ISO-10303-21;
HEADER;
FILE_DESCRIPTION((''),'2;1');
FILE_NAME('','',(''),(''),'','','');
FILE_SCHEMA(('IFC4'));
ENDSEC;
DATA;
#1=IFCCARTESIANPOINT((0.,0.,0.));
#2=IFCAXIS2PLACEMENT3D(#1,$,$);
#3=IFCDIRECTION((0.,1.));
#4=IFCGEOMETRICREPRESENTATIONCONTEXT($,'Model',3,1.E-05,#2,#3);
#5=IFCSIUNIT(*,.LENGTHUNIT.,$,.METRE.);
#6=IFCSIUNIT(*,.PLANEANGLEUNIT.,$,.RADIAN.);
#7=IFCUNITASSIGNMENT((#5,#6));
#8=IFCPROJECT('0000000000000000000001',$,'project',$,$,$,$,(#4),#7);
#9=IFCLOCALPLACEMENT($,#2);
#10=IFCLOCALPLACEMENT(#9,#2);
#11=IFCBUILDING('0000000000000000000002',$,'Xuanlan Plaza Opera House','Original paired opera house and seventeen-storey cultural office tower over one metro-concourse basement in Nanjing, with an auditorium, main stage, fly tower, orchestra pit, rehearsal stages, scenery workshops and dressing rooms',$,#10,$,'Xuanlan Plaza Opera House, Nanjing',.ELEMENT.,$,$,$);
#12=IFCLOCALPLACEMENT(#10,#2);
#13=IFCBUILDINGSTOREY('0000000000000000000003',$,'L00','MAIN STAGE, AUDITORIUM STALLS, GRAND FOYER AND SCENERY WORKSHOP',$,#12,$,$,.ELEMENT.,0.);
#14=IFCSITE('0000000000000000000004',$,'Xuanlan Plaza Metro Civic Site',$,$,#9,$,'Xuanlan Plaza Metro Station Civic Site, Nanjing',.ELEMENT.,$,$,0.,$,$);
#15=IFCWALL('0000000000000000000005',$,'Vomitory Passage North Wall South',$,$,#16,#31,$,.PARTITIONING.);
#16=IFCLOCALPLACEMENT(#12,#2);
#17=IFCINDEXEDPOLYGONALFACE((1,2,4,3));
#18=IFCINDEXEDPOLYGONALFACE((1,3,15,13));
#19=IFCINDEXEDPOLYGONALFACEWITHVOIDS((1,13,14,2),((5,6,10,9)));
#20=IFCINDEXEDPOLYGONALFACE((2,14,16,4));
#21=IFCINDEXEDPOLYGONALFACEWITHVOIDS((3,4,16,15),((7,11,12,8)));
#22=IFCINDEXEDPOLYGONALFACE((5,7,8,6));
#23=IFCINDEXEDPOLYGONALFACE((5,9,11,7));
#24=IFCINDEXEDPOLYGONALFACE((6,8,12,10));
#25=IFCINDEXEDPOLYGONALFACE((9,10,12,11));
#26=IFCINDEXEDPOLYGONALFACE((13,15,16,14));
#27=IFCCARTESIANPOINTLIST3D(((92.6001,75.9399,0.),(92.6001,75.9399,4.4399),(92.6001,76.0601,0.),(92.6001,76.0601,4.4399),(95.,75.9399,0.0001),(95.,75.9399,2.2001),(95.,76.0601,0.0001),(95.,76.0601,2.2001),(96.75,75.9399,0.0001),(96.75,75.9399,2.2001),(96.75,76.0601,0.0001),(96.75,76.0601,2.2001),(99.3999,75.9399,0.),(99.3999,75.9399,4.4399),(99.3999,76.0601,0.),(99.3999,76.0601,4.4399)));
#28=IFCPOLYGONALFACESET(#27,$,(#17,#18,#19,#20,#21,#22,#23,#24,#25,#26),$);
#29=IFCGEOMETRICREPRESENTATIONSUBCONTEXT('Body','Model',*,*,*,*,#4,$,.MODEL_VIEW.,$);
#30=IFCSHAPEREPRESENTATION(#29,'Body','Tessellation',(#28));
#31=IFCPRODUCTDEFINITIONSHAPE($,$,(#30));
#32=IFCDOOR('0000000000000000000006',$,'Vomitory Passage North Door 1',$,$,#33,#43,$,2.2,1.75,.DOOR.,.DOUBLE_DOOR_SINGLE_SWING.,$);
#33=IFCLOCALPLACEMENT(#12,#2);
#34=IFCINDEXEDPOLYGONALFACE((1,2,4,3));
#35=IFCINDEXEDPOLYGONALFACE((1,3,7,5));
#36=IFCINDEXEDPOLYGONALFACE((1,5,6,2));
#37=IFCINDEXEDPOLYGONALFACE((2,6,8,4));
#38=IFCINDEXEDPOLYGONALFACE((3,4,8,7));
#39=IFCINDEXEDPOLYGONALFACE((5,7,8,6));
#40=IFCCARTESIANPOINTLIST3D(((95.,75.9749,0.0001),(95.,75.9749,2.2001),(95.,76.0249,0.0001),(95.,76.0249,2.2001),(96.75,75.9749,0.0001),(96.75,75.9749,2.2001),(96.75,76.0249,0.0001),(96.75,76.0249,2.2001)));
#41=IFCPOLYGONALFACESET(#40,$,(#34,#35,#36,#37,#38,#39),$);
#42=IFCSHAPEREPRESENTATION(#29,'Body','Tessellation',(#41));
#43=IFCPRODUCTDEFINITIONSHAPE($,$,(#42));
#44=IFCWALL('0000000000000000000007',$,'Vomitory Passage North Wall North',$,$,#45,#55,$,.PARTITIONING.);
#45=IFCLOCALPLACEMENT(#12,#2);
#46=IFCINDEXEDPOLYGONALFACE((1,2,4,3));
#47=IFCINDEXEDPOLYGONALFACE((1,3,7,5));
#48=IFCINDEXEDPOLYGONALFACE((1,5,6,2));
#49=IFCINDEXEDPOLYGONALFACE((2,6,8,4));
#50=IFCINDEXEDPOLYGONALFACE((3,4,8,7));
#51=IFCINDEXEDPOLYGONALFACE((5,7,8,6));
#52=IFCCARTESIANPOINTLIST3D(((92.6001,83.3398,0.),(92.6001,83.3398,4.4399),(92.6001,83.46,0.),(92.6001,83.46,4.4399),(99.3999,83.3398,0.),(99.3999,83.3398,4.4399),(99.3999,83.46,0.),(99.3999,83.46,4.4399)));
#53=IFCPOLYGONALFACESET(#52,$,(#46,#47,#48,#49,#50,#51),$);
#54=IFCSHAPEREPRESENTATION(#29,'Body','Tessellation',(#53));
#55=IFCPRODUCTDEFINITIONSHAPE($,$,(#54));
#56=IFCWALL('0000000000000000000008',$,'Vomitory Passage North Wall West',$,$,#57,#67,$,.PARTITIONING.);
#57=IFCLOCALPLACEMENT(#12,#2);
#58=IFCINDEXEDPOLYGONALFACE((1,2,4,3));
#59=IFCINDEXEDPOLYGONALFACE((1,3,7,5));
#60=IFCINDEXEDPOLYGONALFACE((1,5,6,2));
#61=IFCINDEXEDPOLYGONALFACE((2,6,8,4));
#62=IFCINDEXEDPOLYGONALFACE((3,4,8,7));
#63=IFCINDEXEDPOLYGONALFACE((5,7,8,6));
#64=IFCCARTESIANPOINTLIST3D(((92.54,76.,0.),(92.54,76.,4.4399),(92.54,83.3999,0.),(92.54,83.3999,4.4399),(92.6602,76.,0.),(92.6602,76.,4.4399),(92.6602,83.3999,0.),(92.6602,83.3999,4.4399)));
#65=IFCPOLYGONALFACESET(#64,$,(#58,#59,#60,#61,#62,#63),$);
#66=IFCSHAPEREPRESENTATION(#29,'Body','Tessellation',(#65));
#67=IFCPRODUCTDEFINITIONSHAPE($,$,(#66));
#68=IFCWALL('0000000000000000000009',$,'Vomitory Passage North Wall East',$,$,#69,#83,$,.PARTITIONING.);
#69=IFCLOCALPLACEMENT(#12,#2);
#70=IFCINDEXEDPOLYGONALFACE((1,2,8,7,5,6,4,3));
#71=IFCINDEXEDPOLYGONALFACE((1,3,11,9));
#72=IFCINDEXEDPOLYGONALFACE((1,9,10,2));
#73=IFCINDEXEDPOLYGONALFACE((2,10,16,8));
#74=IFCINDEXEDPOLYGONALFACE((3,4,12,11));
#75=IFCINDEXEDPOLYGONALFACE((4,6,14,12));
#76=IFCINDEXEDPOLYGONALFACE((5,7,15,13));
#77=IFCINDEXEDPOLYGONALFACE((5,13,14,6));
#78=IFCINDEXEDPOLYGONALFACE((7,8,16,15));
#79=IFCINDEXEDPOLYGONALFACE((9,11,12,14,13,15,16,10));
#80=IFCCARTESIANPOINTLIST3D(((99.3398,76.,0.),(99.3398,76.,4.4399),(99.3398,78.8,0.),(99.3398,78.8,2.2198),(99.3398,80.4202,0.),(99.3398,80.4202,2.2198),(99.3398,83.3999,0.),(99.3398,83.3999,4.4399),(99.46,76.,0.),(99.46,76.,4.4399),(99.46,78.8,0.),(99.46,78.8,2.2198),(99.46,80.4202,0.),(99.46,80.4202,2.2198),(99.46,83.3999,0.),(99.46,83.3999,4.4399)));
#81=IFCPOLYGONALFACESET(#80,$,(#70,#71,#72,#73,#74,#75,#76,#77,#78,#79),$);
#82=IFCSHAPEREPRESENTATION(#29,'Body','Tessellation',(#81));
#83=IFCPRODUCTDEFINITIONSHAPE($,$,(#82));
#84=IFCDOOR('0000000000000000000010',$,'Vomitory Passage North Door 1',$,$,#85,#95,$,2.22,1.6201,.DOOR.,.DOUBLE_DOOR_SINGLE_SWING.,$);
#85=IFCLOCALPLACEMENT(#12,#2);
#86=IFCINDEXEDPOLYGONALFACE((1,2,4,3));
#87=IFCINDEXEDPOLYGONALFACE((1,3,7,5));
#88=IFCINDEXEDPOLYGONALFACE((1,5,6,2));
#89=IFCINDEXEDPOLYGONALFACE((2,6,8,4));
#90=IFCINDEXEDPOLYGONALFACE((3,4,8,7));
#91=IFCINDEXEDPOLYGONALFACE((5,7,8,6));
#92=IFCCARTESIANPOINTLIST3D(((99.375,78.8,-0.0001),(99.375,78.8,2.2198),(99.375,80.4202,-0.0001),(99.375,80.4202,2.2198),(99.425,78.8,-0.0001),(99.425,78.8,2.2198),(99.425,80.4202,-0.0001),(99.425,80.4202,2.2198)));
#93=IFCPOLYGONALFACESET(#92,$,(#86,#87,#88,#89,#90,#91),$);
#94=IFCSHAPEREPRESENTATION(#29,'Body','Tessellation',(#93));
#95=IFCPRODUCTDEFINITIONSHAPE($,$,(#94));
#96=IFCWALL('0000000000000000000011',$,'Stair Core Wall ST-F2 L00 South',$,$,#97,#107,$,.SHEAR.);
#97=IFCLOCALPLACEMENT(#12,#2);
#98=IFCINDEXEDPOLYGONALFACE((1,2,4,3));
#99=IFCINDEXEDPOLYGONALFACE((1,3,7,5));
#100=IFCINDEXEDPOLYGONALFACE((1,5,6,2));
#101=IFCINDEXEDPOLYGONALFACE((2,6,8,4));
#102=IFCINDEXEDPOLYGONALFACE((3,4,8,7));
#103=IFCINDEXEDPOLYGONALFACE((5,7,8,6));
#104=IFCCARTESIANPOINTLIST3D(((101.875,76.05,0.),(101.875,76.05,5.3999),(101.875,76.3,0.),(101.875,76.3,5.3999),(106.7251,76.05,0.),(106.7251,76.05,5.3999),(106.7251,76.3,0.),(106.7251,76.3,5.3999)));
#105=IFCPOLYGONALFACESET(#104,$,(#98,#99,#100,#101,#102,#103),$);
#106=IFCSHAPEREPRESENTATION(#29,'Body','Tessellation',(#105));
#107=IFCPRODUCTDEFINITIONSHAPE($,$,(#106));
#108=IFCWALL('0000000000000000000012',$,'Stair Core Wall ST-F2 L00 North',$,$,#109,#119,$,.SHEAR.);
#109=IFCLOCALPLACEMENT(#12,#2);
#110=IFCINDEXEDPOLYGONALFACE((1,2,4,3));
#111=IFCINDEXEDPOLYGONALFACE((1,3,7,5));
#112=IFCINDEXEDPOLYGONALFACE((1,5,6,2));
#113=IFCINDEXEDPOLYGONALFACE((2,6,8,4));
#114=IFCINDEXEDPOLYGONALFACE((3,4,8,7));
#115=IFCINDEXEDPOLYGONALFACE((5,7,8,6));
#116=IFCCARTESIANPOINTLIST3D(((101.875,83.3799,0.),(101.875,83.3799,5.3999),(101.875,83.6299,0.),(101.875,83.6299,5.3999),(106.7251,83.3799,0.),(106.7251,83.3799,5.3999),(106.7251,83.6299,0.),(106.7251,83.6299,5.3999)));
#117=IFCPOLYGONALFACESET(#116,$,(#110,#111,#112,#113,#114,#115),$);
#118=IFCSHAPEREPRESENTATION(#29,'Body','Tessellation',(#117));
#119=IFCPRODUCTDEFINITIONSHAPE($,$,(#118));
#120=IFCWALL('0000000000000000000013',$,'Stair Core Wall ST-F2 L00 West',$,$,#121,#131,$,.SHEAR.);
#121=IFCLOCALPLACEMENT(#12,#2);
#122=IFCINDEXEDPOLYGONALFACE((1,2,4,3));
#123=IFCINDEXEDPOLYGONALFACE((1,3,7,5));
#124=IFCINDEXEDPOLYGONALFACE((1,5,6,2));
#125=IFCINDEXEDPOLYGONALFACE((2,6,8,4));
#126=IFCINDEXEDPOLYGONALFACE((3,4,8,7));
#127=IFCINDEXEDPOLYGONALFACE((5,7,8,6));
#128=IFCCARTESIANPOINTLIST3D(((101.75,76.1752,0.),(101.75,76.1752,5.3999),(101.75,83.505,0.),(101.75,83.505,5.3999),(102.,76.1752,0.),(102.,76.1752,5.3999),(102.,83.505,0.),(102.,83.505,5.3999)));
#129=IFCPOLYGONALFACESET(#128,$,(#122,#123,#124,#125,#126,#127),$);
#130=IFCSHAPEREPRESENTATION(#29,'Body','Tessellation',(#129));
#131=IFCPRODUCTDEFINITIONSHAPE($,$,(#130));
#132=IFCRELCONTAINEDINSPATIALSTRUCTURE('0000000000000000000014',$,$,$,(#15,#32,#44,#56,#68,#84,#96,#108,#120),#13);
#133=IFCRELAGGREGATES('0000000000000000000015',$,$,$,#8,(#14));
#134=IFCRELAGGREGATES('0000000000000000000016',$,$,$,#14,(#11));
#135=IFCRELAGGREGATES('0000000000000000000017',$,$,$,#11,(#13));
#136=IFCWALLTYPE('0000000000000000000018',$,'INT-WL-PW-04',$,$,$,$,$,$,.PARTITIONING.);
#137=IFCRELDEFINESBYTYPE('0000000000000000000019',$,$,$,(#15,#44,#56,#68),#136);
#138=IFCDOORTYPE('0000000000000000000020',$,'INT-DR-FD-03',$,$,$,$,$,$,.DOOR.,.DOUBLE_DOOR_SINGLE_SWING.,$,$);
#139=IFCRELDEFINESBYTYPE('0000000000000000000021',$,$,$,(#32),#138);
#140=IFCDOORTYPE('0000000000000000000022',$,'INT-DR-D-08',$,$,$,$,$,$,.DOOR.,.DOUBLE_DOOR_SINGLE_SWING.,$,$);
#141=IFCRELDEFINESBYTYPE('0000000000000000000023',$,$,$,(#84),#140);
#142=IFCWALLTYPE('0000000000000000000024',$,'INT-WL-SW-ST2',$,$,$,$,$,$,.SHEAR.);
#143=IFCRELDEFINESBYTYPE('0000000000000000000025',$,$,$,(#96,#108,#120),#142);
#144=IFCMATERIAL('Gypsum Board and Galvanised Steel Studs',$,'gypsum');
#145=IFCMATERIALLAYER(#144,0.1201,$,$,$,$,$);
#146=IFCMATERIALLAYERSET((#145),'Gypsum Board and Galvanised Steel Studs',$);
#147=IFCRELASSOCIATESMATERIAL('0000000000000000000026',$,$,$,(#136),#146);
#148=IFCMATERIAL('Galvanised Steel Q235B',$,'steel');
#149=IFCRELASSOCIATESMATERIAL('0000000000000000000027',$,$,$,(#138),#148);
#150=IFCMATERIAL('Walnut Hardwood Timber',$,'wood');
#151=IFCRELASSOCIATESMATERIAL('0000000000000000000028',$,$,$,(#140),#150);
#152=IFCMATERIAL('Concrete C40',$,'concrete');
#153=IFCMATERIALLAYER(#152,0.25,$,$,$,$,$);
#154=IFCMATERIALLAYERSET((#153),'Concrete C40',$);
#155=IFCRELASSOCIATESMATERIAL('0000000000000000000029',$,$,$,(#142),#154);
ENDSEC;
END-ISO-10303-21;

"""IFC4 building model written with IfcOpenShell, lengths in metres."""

from ifc_helpers import new_model, si_unit, direction, frame, frame_2d, origin, place, context, subcontext, project, spatial, rectangle, extrude, material, layer, layer_set, type_object, element, fill, save


model = new_model("IFC4")

# Units and contexts
model_context = context("Model", 3, precision=1e-05, world=origin(), true_north=direction((0.0, 1.0)))
body_context = subcontext(model_context, "Body", "Model", "MODEL_VIEW")
ifc_project = project(units=[si_unit("LENGTHUNIT", "METRE"), si_unit("PLANEANGLEUNIT", "RADIAN")], contexts=[model_context])

# Site, building, storey
site_placement = place(None, origin())
site = spatial("IfcSite", under=ifc_project, at=site_placement, Name="Xuanlan Plaza Metro Civic Site", LongName="Xuanlan Plaza Metro Station Civic Site, Nanjing", CompositionType="ELEMENT", RefElevation=0.0)
building_placement = place(site_placement, origin())
building = spatial("IfcBuilding", under=site, at=building_placement, Name="Xuanlan Plaza Opera House", Description="Original paired opera house and seventeen-storey cultural office tower over one metro-concourse basement in Nanjing, with an auditorium, main stage, fly tower, orchestra pit, rehearsal stages, scenery workshops and dressing rooms", LongName="Xuanlan Plaza Opera House, Nanjing", CompositionType="ELEMENT")
storey_placement = place(building_placement, origin())
storey = spatial("IfcBuildingStorey", under=building, at=storey_placement, Name="L00", Description="MAIN STAGE, AUDITORIUM STALLS, GRAND FOYER AND SCENERY WORKSHOP", CompositionType="ELEMENT", Elevation=0.0)

# Shared definitions
ifc_material_1 = material(Name="Concrete C40", Category="concrete")

# Wall, opening, door
ifc_material_2 = material(Name="Gypsum Board and Galvanised Steel Studs", Category="gypsum")
ifc_layer_1 = layer(ifc_material_2, 0.1201)
ifc_layer_set_1 = layer_set([ifc_layer_1], Name="Gypsum Board and Galvanised Steel Studs")
wall_type_1 = type_object("IfcWallType", Name="INT-WL-PW-04", PredefinedType="PARTITIONING", material=ifc_layer_set_1)
wall_1_placement = place(storey_placement, frame((92.6001, 76.0, 0.0), z_axis=(0.0, 0.0, 1.0), x_axis=(1.0, 0.0, 0.0)))
wall_1 = element("IfcWall", 1, at=wall_1_placement, inside=storey, type_object=wall_type_1, Name="Vomitory Passage North Wall South", PredefinedType="PARTITIONING", context=body_context, shape_type="SweptSolid", body=[
    extrude(rectangle(XDim=6.7998, YDim=0.1201, at=frame_2d((3.3999, 0.0))), origin(), (0.0, 0.0, 1.0), 4.4399),
])
opening_1_placement = place(wall_1_placement, frame((2.3999, 0.0, 0.0)))
opening_1 = element("IfcOpeningElement", 2, at=opening_1_placement, cuts=wall_1, PredefinedType="OPENING", context=body_context, shape_type="SweptSolid", body=[
    extrude(rectangle(XDim=1.75, YDim=2.2, at=frame_2d((0.875, 1.1001))), frame((0.0, 0.0701, 0.0), z_axis=(0.0, -1.0, 0.0), x_axis=(1.0, 0.0, 0.0)), (0.0, 0.0, 1.0), 0.1401),
])
ifc_material_3 = material(Name="Galvanised Steel Q235B", Category="steel")
door_type_1 = type_object("IfcDoorType", Name="INT-DR-FD-03", OperationType="DOUBLE_DOOR_SINGLE_SWING", PredefinedType="DOOR", material=ifc_material_3)
door_1_placement = place(opening_1_placement, origin())
door_1 = element("IfcDoor", 3, at=door_1_placement, inside=storey, type_object=door_type_1, Name="Vomitory Passage North Door 1", OperationType="DOUBLE_DOOR_SINGLE_SWING", OverallHeight=2.2, OverallWidth=1.75, PredefinedType="DOOR", context=body_context, shape_type="SweptSolid", body=[
    extrude(rectangle(XDim=1.75, YDim=2.2, at=frame_2d((0.875, 1.1001))), frame((0.0, 0.0249, 0.0), z_axis=(0.0, -1.0, 0.0), x_axis=(1.0, 0.0, 0.0)), (0.0, 0.0, 1.0), 0.05),
])
fill(opening_1, door_1)

# Walls
wall_2_placement = place(storey_placement, frame((92.6001, 83.3999, 0.0), z_axis=(0.0, 0.0, 1.0), x_axis=(1.0, 0.0, 0.0)))
element("IfcWall", 4, at=wall_2_placement, inside=storey, type_object=wall_type_1, Name="Vomitory Passage North Wall North", PredefinedType="PARTITIONING", context=body_context, shape_type="SweptSolid", body=[
    extrude(rectangle(XDim=6.7998, YDim=0.1201, at=frame_2d((3.3999, 0.0))), origin(), (0.0, 0.0, 1.0), 4.4399),
])
wall_3_placement = place(storey_placement, frame((92.6001, 76.0, 0.0), z_axis=(0.0, 0.0, 1.0), x_axis=(0.0, 1.0, 0.0)))
element("IfcWall", 5, at=wall_3_placement, inside=storey, type_object=wall_type_1, Name="Vomitory Passage North Wall West", PredefinedType="PARTITIONING", context=body_context, shape_type="SweptSolid", body=[
    extrude(rectangle(XDim=7.3999, YDim=0.1201, at=frame_2d((3.7, 0.0))), origin(), (0.0, 0.0, 1.0), 4.4399),
])

# Wall, opening, door
wall_4_placement = place(storey_placement, frame((99.3999, 76.0, 0.0), z_axis=(0.0, 0.0, 1.0), x_axis=(0.0, 1.0, 0.0)))
wall_4 = element("IfcWall", 6, at=wall_4_placement, inside=storey, type_object=wall_type_1, Name="Vomitory Passage North Wall East", PredefinedType="PARTITIONING", context=body_context, shape_type="SweptSolid", body=[
    extrude(rectangle(XDim=7.3999, YDim=0.1201, at=frame_2d((3.7, 0.0))), origin(), (0.0, 0.0, 1.0), 4.4399),
])
opening_2_placement = place(wall_4_placement, frame((2.8, 0.0, 0.0)))
opening_2 = element("IfcOpeningElement", 7, at=opening_2_placement, cuts=wall_4, PredefinedType="OPENING", context=body_context, shape_type="SweptSolid", body=[
    extrude(rectangle(XDim=1.6201, YDim=2.22, at=frame_2d((0.8101, 1.1099))), frame((0.0, 0.0701, 0.0), z_axis=(0.0, -1.0, 0.0), x_axis=(1.0, 0.0, 0.0)), (0.0, 0.0, 1.0), 0.1401),
])
ifc_material_4 = material(Name="Walnut Hardwood Timber", Category="wood")
door_type_2 = type_object("IfcDoorType", Name="INT-DR-D-08", OperationType="DOUBLE_DOOR_SINGLE_SWING", PredefinedType="DOOR", material=ifc_material_4)
door_2_placement = place(opening_2_placement, origin())
door_2 = element("IfcDoor", 8, at=door_2_placement, inside=storey, type_object=door_type_2, Name="Vomitory Passage North Door 1", OperationType="DOUBLE_DOOR_SINGLE_SWING", OverallHeight=2.22, OverallWidth=1.6201, PredefinedType="DOOR", context=body_context, shape_type="SweptSolid", body=[
    extrude(rectangle(XDim=1.6201, YDim=2.22, at=frame_2d((0.8101, 1.1099))), frame((0.0, 0.0249, 0.0), z_axis=(0.0, -1.0, 0.0), x_axis=(1.0, 0.0, 0.0)), (0.0, 0.0, 1.0), 0.05),
])
fill(opening_2, door_2)

# Walls
ifc_layer_2 = layer(ifc_material_1, 0.25)
ifc_layer_set_2 = layer_set([ifc_layer_2], Name="Concrete C40")
wall_type_2 = type_object("IfcWallType", Name="INT-WL-SW-ST2", PredefinedType="SHEAR", material=ifc_layer_set_2)
for number, where, z_axis, x_axis, name in (
    (9, (101.875, 76.175, 0.0), (0.0, 0.0, 1.0), (1.0, 0.0, 0.0), "Stair Core Wall ST-F2 L00 South"),
    (10, (101.875, 83.5049, 0.0), (0.0, 0.0, 1.0), (1.0, 0.0, 0.0), "Stair Core Wall ST-F2 L00 North"),
):
    element("IfcWall", number, at=place(storey_placement, frame(where, z_axis=z_axis, x_axis=x_axis)), inside=storey, type_object=wall_type_2, Name=name, PredefinedType="SHEAR", context=body_context, shape_type="SweptSolid", body=[
        extrude(rectangle(XDim=4.8501, YDim=0.25, at=frame_2d((2.425, 0.0))), origin(), (0.0, 0.0, 1.0), 5.3999),
    ])
wall_5_placement = place(storey_placement, frame((101.875, 76.175, 0.0), z_axis=(0.0, 0.0, 1.0), x_axis=(0.0, 1.0, 0.0)))
element("IfcWall", 11, at=wall_5_placement, inside=storey, type_object=wall_type_2, Name="Stair Core Wall ST-F2 L00 West", PredefinedType="SHEAR", context=body_context, shape_type="SweptSolid", body=[
    extrude(rectangle(XDim=7.3298, YDim=0.25, at=frame_2d((3.665, 0.0))), origin(), (0.0, 0.0, 1.0), 5.3999),
])

save(model, "model.ifc")
